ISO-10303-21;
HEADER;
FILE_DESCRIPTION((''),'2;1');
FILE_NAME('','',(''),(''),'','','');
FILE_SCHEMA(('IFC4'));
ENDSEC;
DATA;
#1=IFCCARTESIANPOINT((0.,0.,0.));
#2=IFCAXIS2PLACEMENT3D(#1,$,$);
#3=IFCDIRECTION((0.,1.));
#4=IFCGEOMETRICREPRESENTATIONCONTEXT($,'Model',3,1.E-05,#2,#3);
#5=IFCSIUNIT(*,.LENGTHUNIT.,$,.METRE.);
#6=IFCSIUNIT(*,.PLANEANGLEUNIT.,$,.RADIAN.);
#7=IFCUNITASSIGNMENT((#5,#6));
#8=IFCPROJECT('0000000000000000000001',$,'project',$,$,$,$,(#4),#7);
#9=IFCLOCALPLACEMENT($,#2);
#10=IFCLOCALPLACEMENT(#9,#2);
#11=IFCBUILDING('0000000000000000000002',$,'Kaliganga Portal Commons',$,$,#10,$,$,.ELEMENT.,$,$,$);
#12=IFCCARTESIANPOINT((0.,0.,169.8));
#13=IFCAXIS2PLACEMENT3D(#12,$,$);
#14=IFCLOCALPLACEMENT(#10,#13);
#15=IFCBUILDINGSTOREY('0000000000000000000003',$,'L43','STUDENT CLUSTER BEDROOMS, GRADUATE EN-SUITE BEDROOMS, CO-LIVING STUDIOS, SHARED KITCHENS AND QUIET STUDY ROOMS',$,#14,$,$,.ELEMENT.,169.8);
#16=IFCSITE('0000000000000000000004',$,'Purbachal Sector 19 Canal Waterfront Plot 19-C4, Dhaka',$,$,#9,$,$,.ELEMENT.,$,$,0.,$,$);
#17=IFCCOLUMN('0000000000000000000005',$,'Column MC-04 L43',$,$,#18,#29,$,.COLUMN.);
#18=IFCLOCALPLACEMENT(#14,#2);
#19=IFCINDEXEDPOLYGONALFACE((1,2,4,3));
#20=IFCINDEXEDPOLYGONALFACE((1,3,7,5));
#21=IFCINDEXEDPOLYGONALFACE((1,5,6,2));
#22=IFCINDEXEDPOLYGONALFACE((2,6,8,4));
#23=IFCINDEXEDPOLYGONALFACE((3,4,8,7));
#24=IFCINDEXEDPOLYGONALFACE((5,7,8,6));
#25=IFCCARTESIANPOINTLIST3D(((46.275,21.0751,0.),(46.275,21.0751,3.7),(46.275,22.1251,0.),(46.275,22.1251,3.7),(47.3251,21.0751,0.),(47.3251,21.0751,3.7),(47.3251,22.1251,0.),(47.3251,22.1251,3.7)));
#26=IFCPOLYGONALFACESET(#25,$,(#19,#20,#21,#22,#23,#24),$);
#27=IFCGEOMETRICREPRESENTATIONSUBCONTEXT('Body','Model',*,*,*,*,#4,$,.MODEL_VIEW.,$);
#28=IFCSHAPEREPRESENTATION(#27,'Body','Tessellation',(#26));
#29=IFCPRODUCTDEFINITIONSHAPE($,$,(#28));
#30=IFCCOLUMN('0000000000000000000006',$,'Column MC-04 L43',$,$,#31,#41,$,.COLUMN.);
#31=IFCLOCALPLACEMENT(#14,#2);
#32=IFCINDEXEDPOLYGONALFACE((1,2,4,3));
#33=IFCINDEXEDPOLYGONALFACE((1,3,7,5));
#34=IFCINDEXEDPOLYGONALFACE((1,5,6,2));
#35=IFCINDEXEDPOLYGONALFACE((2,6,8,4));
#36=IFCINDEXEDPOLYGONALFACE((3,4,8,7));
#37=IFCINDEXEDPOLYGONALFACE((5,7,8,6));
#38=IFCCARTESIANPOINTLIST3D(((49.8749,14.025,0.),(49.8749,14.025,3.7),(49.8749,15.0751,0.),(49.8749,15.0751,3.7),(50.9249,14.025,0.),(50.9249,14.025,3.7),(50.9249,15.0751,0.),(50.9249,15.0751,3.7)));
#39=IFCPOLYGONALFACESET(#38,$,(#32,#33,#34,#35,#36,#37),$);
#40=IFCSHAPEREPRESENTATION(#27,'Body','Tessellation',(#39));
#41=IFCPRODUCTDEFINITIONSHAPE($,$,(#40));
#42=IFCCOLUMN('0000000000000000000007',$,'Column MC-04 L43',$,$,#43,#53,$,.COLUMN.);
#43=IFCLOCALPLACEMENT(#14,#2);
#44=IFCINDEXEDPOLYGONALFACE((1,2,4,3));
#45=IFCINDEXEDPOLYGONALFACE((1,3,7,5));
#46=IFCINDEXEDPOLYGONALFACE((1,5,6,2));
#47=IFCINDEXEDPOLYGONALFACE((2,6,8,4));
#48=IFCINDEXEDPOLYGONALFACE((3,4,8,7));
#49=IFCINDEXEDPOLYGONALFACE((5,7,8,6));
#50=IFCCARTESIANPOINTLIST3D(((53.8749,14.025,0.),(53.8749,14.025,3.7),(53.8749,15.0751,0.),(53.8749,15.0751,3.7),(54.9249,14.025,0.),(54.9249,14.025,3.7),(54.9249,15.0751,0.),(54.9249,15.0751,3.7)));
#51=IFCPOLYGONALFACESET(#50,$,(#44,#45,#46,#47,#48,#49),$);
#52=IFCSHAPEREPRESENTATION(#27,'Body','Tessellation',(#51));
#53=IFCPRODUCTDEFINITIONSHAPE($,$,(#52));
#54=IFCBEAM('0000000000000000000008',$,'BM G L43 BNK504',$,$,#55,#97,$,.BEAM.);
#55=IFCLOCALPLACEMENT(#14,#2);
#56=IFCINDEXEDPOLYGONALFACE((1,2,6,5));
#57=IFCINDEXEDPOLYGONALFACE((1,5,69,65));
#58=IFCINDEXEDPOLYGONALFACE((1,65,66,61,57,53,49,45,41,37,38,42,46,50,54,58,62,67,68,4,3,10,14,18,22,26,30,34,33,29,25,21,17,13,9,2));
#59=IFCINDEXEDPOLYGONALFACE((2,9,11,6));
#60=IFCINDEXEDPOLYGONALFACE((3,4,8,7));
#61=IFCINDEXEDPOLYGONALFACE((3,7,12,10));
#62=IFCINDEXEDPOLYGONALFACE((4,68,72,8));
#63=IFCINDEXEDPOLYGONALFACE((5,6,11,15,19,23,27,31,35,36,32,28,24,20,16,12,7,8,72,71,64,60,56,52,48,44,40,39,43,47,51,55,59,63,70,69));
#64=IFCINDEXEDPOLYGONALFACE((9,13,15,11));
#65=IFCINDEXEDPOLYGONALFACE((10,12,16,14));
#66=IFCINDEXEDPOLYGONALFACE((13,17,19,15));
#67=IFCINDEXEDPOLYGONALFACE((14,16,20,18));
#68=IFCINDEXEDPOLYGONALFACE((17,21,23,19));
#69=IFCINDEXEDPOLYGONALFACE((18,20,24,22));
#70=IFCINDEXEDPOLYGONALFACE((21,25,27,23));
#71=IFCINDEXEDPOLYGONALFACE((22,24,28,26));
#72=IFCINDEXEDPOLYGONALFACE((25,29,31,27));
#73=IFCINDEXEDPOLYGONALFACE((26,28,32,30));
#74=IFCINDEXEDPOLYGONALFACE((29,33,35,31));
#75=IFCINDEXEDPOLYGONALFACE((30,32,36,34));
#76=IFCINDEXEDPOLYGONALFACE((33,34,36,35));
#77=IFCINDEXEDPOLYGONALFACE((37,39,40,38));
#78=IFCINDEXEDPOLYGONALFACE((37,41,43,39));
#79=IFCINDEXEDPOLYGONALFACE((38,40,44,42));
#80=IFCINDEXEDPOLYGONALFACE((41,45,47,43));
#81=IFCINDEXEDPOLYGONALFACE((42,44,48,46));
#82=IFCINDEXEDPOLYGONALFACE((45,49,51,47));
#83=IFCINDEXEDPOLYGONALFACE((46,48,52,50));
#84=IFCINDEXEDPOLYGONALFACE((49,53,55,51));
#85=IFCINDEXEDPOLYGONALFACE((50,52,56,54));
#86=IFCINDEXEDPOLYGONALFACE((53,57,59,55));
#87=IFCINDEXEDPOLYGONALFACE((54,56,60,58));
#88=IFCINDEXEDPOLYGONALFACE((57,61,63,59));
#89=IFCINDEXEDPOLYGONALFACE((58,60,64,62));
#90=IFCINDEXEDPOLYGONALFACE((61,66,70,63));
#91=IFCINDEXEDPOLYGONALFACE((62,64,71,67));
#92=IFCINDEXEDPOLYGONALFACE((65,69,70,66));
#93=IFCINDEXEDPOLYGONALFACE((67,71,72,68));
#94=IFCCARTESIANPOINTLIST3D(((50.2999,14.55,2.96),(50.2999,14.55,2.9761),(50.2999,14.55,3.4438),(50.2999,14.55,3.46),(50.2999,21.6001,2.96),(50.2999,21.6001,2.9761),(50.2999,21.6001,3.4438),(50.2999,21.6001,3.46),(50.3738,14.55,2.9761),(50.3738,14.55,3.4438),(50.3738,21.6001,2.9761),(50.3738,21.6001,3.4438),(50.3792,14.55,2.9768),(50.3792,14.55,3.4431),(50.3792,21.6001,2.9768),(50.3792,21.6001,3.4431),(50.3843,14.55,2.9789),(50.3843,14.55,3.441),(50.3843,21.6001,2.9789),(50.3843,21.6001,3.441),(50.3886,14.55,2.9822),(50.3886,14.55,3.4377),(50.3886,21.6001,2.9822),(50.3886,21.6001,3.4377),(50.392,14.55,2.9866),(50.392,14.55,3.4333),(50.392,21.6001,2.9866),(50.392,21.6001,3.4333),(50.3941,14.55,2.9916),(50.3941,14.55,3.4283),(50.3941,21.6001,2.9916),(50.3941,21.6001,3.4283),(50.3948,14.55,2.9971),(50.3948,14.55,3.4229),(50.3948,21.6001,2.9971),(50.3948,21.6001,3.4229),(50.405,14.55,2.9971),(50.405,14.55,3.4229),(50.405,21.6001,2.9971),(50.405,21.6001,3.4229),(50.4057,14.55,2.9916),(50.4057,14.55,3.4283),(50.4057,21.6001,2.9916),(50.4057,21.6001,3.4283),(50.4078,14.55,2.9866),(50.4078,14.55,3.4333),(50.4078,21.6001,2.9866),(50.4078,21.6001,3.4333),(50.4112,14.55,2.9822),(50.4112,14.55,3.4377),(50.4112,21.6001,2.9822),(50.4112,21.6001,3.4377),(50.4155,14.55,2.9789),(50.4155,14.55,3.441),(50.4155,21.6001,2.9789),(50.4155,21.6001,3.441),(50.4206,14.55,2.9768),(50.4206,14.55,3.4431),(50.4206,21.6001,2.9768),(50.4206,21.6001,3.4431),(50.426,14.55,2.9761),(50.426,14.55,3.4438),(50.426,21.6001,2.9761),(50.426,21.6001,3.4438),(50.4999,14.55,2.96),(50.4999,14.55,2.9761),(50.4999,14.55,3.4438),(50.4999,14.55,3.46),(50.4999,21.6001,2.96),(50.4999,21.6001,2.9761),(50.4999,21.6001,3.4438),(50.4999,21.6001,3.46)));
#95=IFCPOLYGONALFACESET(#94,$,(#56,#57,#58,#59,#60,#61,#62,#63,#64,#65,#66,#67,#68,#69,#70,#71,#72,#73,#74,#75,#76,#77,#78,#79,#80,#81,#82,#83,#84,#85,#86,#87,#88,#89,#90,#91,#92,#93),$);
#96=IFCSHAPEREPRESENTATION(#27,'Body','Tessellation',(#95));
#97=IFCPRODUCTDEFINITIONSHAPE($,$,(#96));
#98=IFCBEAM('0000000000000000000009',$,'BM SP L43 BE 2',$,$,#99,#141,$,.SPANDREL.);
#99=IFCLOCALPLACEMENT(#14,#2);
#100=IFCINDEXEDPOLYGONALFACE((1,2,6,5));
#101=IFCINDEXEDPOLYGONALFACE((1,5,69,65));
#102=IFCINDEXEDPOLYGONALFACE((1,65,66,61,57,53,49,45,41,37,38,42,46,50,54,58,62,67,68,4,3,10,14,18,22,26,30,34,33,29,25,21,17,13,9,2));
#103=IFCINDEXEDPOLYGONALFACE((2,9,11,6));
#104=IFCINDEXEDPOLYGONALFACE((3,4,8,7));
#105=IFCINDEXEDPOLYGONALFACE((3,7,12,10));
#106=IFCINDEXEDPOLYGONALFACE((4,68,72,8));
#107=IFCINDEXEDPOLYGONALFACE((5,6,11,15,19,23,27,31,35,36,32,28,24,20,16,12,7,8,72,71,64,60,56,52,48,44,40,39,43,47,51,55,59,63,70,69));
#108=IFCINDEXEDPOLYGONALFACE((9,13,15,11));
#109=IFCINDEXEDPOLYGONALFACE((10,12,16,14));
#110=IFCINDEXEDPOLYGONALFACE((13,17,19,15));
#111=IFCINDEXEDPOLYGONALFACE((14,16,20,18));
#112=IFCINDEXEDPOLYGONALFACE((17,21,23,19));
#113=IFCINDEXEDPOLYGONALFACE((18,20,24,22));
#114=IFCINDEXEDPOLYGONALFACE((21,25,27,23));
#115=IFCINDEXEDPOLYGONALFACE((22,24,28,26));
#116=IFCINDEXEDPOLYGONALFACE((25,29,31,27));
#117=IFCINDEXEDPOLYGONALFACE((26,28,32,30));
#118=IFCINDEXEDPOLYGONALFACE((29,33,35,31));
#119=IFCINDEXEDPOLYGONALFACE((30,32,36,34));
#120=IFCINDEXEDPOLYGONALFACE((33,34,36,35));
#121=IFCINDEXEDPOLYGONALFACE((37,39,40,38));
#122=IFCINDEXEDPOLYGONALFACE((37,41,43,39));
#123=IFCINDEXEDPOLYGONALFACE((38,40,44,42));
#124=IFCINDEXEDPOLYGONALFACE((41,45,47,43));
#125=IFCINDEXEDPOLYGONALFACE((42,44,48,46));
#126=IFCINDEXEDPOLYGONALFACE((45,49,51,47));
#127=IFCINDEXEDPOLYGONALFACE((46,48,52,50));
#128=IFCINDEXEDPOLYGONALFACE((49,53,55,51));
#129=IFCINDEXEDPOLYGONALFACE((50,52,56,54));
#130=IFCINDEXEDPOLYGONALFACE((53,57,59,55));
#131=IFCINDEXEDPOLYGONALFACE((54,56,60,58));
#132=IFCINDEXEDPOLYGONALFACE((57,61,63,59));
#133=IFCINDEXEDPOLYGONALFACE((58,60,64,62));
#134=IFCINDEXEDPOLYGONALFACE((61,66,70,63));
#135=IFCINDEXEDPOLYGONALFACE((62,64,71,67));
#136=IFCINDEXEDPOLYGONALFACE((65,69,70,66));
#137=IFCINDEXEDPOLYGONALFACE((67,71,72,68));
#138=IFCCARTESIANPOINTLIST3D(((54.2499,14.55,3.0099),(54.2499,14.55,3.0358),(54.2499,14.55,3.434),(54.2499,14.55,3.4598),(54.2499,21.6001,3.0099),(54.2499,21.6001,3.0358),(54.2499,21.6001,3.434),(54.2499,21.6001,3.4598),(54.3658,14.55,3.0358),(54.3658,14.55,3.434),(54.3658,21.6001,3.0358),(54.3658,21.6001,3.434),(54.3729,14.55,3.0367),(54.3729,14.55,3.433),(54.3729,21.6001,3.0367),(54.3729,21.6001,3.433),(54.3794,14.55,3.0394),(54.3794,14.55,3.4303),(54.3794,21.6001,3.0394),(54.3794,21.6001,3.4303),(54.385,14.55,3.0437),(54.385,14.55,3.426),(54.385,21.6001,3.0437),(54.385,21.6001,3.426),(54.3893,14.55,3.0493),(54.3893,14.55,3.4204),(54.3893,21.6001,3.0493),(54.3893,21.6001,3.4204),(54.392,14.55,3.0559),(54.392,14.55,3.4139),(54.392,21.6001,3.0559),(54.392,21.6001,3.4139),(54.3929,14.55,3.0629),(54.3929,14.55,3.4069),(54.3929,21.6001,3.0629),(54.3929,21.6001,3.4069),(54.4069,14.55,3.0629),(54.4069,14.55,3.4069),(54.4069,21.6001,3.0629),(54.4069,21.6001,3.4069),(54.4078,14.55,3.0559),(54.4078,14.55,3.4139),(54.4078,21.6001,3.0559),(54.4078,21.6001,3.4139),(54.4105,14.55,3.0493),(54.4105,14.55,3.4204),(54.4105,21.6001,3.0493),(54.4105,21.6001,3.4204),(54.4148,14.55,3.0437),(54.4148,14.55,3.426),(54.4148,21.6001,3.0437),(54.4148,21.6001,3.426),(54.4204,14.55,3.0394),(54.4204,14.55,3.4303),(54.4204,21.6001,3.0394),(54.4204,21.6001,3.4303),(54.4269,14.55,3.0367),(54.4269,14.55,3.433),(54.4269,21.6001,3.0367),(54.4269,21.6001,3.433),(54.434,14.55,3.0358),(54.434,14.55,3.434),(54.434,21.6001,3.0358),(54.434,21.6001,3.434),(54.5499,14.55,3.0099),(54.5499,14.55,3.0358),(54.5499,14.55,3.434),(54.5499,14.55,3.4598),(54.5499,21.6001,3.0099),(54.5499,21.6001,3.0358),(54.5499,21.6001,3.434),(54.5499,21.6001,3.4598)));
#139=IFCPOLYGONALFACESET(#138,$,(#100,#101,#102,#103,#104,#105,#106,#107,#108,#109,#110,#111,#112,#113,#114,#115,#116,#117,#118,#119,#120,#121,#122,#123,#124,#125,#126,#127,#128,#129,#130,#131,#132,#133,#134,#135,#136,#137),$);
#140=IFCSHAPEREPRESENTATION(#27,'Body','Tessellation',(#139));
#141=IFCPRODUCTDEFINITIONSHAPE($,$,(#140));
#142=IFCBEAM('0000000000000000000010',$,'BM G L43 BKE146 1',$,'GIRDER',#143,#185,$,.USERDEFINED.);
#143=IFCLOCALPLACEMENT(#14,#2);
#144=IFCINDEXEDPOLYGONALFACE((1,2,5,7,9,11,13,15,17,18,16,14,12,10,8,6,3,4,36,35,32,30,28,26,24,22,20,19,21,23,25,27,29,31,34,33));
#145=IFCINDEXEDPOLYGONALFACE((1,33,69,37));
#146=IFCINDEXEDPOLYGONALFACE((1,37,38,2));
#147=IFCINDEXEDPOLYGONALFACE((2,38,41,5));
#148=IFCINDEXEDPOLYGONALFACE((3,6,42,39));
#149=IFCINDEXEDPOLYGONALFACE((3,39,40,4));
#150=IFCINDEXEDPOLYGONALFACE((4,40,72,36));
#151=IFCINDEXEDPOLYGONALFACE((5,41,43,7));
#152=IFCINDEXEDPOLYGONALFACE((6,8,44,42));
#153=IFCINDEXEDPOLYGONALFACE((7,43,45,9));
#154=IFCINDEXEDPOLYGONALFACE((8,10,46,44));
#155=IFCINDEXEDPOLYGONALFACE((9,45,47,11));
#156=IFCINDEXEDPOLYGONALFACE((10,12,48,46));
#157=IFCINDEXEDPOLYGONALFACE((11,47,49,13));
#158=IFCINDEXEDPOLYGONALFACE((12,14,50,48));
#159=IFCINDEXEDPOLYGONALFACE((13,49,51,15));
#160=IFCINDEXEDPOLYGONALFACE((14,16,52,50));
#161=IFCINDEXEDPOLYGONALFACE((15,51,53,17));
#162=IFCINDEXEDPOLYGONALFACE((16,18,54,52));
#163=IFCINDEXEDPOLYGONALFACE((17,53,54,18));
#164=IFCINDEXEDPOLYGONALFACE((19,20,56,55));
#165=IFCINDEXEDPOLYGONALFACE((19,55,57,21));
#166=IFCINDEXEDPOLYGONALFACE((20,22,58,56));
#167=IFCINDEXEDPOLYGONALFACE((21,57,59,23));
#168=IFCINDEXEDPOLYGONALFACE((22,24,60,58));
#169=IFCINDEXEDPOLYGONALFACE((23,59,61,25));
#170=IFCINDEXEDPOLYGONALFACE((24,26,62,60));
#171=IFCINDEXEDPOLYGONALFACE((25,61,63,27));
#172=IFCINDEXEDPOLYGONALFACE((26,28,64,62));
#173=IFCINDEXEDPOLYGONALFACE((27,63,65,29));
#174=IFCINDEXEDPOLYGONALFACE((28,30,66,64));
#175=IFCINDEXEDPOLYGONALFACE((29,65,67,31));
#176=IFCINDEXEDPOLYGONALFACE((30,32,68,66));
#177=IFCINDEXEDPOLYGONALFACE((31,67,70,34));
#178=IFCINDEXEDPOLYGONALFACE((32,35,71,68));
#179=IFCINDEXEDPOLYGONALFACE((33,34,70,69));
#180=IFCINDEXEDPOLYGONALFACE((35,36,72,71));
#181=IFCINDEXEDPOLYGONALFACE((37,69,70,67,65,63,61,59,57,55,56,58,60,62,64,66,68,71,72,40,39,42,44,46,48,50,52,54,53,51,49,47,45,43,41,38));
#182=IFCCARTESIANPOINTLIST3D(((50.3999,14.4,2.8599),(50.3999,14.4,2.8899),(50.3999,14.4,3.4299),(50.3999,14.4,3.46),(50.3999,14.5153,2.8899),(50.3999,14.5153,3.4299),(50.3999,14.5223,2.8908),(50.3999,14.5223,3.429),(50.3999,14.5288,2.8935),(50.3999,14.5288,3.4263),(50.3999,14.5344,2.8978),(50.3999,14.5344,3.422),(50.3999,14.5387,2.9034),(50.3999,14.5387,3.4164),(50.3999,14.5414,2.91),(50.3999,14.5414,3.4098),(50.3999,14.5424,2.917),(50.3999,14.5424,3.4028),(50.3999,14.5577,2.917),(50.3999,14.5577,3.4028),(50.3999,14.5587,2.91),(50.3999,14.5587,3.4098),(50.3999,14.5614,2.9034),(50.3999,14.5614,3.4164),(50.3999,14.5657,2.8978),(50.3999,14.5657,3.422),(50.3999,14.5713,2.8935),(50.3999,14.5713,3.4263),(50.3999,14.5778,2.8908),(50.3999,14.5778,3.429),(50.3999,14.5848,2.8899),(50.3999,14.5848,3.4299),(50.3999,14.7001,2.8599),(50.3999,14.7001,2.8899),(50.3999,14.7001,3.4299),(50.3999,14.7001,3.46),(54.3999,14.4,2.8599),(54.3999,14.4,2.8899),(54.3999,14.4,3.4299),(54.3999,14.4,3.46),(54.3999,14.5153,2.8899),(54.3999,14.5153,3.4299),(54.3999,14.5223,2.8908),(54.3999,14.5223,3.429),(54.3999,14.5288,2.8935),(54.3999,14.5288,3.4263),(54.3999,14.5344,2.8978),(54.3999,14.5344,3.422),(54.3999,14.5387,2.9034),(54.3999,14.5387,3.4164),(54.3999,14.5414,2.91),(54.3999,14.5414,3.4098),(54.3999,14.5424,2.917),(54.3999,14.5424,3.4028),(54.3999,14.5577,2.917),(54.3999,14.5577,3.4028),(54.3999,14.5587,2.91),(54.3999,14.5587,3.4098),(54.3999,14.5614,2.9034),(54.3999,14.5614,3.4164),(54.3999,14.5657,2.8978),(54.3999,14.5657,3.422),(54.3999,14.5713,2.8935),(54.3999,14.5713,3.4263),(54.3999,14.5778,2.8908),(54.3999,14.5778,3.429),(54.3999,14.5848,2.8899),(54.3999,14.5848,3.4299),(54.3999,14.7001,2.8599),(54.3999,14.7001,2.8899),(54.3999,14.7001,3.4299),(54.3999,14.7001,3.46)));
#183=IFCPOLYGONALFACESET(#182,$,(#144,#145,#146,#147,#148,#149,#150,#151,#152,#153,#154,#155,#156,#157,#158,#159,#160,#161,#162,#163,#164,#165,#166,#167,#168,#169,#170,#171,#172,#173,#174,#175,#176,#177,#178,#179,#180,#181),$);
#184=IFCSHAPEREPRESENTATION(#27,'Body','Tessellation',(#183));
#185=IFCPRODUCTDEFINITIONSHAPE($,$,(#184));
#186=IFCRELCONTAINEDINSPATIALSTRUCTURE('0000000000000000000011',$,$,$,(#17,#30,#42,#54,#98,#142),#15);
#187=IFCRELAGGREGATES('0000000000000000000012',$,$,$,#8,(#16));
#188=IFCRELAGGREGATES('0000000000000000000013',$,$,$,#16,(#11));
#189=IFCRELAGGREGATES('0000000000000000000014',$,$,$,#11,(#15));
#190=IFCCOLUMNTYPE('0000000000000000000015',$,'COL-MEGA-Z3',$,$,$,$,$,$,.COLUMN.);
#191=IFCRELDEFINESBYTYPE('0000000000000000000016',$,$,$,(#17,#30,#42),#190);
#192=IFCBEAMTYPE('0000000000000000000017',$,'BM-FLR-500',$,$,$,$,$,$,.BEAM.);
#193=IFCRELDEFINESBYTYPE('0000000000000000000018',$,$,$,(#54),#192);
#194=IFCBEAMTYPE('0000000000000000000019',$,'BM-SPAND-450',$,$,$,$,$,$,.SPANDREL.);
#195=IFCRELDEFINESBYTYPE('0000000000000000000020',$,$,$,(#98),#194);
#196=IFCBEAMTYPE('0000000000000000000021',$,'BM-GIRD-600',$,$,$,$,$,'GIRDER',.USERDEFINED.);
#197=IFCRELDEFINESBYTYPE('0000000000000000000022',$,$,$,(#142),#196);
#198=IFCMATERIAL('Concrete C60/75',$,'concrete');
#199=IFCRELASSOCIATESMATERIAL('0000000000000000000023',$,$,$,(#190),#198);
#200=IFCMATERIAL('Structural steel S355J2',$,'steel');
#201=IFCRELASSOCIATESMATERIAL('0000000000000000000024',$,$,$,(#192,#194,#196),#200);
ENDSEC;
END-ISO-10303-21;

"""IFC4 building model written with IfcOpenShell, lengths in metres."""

from ifc_helpers import new_model, si_unit, direction, frame, origin, origin_2d, place, context, subcontext, project, spatial, rectangle, i_section, extrude, source, transform, mapped, material, material_profile, profile_set, type_object, element, save


model = new_model("IFC4")

# Units and contexts
model_context = context("Model", 3, precision=1e-05, world=origin(), true_north=direction((0.0, 1.0)))
body_context = subcontext(model_context, "Body", "Model", "MODEL_VIEW")
ifc_project = project(units=[si_unit("LENGTHUNIT", "METRE"), si_unit("PLANEANGLEUNIT", "RADIAN")], contexts=[model_context])

# Site, building, storey
site_placement = place(None, origin())
site = spatial("IfcSite", under=ifc_project, at=site_placement, Name="Purbachal Sector 19 Canal Waterfront Plot 19-C4, Dhaka", CompositionType="ELEMENT", RefElevation=0.0)
building_placement = place(site_placement, origin())
building = spatial("IfcBuilding", under=site, at=building_placement, Name="Kaliganga Portal Commons", CompositionType="ELEMENT")
storey_placement = place(building_placement, frame((0.0, 0.0, 169.8)))
storey = spatial("IfcBuildingStorey", under=building, at=storey_placement, Name="L43", Description="STUDENT CLUSTER BEDROOMS, GRADUATE EN-SUITE BEDROOMS, CO-LIVING STUDIOS, SHARED KITCHENS AND QUIET STUDY ROOMS", CompositionType="ELEMENT", Elevation=169.8)

# Columns
ifc_material_1 = material(Name="Concrete C60/75", Category="concrete")
ifc_material_profile_1 = material_profile(ifc_material_1, rectangle(XDim=1.05, YDim=1.05, at=origin_2d()), Name="RC 1050x1050")
ifc_profile_set_1 = profile_set([ifc_material_profile_1], Name="Concrete C60/75")
column_type = type_object("IfcColumnType", Name="COL-MEGA-Z3", PredefinedType="COLUMN", material=ifc_profile_set_1)
shared_shape_1 = source(origin(), body_context, "Body", "SweptSolid", [
    extrude(rectangle(XDim=1.05, YDim=1.05, at=origin_2d()), origin(), (0.0, 0.0, 1.0), 3.7),
])
for number, where, z_axis, x_axis, name in (
    (1, (46.8, 21.6001, 0.0), (0.0, 0.0, 1.0), (1.0, 0.0, 0.0), "Column MC-04 L43"),
    (2, (50.3999, 14.55, 0.0), (0.0, 0.0, 1.0), (1.0, 0.0, 0.0), "Column MC-04 L43"),
    (3, (54.3999, 14.55, 0.0), (0.0, 0.0, 1.0), (1.0, 0.0, 0.0), "Column MC-04 L43"),
):
    element("IfcColumn", number, at=place(storey_placement, frame(where, z_axis=z_axis, x_axis=x_axis)), inside=storey, type_object=column_type, Name=name, PredefinedType="COLUMN", context=body_context, shape_type="MappedRepresentation", body=[
        mapped(shared_shape_1, transform((0.0, 0.0, 0.0), x_axis=(1.0, 0.0, 0.0), y_axis=(0.0, 1.0, 0.0), z_axis=(0.0, 0.0, 1.0), scale=1.0)),
    ])

# Beams
ifc_material_2 = material(Name="Structural steel S355J2", Category="steel")
ifc_material_profile_2 = material_profile(ifc_material_2, i_section(OverallWidth=0.2, OverallDepth=0.5, WebThickness=0.0103, FlangeThickness=0.0161, FilletRadius=0.021, at=origin_2d()), Name="IPE 500")
ifc_profile_set_2 = profile_set([ifc_material_profile_2], Name="Structural steel S355J2 wide-flange")
beam_type_1 = type_object("IfcBeamType", Name="BM-FLR-500", PredefinedType="BEAM", material=ifc_profile_set_2)
shared_shape_2 = source(origin(), body_context, "Body", "SweptSolid", [
    extrude(i_section(OverallWidth=0.2, OverallDepth=0.5, WebThickness=0.0103, FlangeThickness=0.0161, FilletRadius=0.021, at=origin_2d()), origin(), (0.0, 0.0, 1.0), 7.05),
])
beam_1_placement = place(storey_placement, frame((50.3999, 14.55, 3.21), z_axis=(0.0, 1.0, 0.0), x_axis=(-1.0, 0.0, 0.0)))
element("IfcBeam", 4, at=beam_1_placement, inside=storey, type_object=beam_type_1, Name="BM G L43 BNK504", PredefinedType="BEAM", context=body_context, shape_type="MappedRepresentation", body=[
    mapped(shared_shape_2, transform((0.0, 0.0, 0.0), x_axis=(1.0, 0.0, 0.0), y_axis=(0.0, 1.0, 0.0), z_axis=(0.0, 0.0, 1.0), scale=1.0)),
])
ifc_material_profile_3 = material_profile(ifc_material_2, i_section(OverallWidth=0.3, OverallDepth=0.45, WebThickness=0.0139, FlangeThickness=0.0259, FilletRadius=0.0271, at=origin_2d()), Name="HE 450 B")
ifc_profile_set_3 = profile_set([ifc_material_profile_3], Name="Structural steel S355J2 wide-flange")
beam_type_2 = type_object("IfcBeamType", Name="BM-SPAND-450", PredefinedType="SPANDREL", material=ifc_profile_set_3)
shared_shape_3 = source(origin(), body_context, "Body", "SweptSolid", [
    extrude(i_section(OverallWidth=0.3, OverallDepth=0.45, WebThickness=0.0139, FlangeThickness=0.0259, FilletRadius=0.0271, at=origin_2d()), origin(), (0.0, 0.0, 1.0), 7.05),
])
beam_2_placement = place(storey_placement, frame((54.3999, 14.55, 3.2349), z_axis=(0.0, 1.0, 0.0), x_axis=(-1.0, 0.0, 0.0)))
element("IfcBeam", 5, at=beam_2_placement, inside=storey, type_object=beam_type_2, Name="BM SP L43 BE 2", PredefinedType="SPANDREL", context=body_context, shape_type="MappedRepresentation", body=[
    mapped(shared_shape_3, transform((0.0, 0.0, 0.0), x_axis=(1.0, 0.0, 0.0), y_axis=(0.0, 1.0, 0.0), z_axis=(0.0, 0.0, 1.0), scale=1.0)),
])
ifc_material_profile_4 = material_profile(ifc_material_2, i_section(OverallWidth=0.3, OverallDepth=0.6001, WebThickness=0.0154, FlangeThickness=0.03, FilletRadius=0.0271, at=origin_2d()), Name="HE 600 B")
ifc_profile_set_4 = profile_set([ifc_material_profile_4], Name="Structural steel S355J2 wide-flange")
beam_type_3 = type_object("IfcBeamType", Name="BM-GIRD-600", ElementType="GIRDER", PredefinedType="USERDEFINED", material=ifc_profile_set_4)
shared_shape_4 = source(origin(), body_context, "Body", "SweptSolid", [
    extrude(i_section(OverallWidth=0.3, OverallDepth=0.6001, WebThickness=0.0154, FlangeThickness=0.03, FilletRadius=0.0271, at=origin_2d()), origin(), (0.0, 0.0, 1.0), 4.0),
])
beam_3_placement = place(storey_placement, frame((50.3999, 14.55, 3.1599), z_axis=(1.0, 0.0, 0.0), x_axis=(0.0, 1.0, 0.0)))
element("IfcBeam", 6, at=beam_3_placement, inside=storey, type_object=beam_type_3, Name="BM G L43 BKE146 1", ObjectType="GIRDER", PredefinedType="USERDEFINED", context=body_context, shape_type="MappedRepresentation", body=[
    mapped(shared_shape_4, transform((0.0, 0.0, 0.0), x_axis=(1.0, 0.0, 0.0), y_axis=(0.0, 1.0, 0.0), z_axis=(0.0, 0.0, 1.0), scale=1.0)),
])

save(model, "model.ifc")
